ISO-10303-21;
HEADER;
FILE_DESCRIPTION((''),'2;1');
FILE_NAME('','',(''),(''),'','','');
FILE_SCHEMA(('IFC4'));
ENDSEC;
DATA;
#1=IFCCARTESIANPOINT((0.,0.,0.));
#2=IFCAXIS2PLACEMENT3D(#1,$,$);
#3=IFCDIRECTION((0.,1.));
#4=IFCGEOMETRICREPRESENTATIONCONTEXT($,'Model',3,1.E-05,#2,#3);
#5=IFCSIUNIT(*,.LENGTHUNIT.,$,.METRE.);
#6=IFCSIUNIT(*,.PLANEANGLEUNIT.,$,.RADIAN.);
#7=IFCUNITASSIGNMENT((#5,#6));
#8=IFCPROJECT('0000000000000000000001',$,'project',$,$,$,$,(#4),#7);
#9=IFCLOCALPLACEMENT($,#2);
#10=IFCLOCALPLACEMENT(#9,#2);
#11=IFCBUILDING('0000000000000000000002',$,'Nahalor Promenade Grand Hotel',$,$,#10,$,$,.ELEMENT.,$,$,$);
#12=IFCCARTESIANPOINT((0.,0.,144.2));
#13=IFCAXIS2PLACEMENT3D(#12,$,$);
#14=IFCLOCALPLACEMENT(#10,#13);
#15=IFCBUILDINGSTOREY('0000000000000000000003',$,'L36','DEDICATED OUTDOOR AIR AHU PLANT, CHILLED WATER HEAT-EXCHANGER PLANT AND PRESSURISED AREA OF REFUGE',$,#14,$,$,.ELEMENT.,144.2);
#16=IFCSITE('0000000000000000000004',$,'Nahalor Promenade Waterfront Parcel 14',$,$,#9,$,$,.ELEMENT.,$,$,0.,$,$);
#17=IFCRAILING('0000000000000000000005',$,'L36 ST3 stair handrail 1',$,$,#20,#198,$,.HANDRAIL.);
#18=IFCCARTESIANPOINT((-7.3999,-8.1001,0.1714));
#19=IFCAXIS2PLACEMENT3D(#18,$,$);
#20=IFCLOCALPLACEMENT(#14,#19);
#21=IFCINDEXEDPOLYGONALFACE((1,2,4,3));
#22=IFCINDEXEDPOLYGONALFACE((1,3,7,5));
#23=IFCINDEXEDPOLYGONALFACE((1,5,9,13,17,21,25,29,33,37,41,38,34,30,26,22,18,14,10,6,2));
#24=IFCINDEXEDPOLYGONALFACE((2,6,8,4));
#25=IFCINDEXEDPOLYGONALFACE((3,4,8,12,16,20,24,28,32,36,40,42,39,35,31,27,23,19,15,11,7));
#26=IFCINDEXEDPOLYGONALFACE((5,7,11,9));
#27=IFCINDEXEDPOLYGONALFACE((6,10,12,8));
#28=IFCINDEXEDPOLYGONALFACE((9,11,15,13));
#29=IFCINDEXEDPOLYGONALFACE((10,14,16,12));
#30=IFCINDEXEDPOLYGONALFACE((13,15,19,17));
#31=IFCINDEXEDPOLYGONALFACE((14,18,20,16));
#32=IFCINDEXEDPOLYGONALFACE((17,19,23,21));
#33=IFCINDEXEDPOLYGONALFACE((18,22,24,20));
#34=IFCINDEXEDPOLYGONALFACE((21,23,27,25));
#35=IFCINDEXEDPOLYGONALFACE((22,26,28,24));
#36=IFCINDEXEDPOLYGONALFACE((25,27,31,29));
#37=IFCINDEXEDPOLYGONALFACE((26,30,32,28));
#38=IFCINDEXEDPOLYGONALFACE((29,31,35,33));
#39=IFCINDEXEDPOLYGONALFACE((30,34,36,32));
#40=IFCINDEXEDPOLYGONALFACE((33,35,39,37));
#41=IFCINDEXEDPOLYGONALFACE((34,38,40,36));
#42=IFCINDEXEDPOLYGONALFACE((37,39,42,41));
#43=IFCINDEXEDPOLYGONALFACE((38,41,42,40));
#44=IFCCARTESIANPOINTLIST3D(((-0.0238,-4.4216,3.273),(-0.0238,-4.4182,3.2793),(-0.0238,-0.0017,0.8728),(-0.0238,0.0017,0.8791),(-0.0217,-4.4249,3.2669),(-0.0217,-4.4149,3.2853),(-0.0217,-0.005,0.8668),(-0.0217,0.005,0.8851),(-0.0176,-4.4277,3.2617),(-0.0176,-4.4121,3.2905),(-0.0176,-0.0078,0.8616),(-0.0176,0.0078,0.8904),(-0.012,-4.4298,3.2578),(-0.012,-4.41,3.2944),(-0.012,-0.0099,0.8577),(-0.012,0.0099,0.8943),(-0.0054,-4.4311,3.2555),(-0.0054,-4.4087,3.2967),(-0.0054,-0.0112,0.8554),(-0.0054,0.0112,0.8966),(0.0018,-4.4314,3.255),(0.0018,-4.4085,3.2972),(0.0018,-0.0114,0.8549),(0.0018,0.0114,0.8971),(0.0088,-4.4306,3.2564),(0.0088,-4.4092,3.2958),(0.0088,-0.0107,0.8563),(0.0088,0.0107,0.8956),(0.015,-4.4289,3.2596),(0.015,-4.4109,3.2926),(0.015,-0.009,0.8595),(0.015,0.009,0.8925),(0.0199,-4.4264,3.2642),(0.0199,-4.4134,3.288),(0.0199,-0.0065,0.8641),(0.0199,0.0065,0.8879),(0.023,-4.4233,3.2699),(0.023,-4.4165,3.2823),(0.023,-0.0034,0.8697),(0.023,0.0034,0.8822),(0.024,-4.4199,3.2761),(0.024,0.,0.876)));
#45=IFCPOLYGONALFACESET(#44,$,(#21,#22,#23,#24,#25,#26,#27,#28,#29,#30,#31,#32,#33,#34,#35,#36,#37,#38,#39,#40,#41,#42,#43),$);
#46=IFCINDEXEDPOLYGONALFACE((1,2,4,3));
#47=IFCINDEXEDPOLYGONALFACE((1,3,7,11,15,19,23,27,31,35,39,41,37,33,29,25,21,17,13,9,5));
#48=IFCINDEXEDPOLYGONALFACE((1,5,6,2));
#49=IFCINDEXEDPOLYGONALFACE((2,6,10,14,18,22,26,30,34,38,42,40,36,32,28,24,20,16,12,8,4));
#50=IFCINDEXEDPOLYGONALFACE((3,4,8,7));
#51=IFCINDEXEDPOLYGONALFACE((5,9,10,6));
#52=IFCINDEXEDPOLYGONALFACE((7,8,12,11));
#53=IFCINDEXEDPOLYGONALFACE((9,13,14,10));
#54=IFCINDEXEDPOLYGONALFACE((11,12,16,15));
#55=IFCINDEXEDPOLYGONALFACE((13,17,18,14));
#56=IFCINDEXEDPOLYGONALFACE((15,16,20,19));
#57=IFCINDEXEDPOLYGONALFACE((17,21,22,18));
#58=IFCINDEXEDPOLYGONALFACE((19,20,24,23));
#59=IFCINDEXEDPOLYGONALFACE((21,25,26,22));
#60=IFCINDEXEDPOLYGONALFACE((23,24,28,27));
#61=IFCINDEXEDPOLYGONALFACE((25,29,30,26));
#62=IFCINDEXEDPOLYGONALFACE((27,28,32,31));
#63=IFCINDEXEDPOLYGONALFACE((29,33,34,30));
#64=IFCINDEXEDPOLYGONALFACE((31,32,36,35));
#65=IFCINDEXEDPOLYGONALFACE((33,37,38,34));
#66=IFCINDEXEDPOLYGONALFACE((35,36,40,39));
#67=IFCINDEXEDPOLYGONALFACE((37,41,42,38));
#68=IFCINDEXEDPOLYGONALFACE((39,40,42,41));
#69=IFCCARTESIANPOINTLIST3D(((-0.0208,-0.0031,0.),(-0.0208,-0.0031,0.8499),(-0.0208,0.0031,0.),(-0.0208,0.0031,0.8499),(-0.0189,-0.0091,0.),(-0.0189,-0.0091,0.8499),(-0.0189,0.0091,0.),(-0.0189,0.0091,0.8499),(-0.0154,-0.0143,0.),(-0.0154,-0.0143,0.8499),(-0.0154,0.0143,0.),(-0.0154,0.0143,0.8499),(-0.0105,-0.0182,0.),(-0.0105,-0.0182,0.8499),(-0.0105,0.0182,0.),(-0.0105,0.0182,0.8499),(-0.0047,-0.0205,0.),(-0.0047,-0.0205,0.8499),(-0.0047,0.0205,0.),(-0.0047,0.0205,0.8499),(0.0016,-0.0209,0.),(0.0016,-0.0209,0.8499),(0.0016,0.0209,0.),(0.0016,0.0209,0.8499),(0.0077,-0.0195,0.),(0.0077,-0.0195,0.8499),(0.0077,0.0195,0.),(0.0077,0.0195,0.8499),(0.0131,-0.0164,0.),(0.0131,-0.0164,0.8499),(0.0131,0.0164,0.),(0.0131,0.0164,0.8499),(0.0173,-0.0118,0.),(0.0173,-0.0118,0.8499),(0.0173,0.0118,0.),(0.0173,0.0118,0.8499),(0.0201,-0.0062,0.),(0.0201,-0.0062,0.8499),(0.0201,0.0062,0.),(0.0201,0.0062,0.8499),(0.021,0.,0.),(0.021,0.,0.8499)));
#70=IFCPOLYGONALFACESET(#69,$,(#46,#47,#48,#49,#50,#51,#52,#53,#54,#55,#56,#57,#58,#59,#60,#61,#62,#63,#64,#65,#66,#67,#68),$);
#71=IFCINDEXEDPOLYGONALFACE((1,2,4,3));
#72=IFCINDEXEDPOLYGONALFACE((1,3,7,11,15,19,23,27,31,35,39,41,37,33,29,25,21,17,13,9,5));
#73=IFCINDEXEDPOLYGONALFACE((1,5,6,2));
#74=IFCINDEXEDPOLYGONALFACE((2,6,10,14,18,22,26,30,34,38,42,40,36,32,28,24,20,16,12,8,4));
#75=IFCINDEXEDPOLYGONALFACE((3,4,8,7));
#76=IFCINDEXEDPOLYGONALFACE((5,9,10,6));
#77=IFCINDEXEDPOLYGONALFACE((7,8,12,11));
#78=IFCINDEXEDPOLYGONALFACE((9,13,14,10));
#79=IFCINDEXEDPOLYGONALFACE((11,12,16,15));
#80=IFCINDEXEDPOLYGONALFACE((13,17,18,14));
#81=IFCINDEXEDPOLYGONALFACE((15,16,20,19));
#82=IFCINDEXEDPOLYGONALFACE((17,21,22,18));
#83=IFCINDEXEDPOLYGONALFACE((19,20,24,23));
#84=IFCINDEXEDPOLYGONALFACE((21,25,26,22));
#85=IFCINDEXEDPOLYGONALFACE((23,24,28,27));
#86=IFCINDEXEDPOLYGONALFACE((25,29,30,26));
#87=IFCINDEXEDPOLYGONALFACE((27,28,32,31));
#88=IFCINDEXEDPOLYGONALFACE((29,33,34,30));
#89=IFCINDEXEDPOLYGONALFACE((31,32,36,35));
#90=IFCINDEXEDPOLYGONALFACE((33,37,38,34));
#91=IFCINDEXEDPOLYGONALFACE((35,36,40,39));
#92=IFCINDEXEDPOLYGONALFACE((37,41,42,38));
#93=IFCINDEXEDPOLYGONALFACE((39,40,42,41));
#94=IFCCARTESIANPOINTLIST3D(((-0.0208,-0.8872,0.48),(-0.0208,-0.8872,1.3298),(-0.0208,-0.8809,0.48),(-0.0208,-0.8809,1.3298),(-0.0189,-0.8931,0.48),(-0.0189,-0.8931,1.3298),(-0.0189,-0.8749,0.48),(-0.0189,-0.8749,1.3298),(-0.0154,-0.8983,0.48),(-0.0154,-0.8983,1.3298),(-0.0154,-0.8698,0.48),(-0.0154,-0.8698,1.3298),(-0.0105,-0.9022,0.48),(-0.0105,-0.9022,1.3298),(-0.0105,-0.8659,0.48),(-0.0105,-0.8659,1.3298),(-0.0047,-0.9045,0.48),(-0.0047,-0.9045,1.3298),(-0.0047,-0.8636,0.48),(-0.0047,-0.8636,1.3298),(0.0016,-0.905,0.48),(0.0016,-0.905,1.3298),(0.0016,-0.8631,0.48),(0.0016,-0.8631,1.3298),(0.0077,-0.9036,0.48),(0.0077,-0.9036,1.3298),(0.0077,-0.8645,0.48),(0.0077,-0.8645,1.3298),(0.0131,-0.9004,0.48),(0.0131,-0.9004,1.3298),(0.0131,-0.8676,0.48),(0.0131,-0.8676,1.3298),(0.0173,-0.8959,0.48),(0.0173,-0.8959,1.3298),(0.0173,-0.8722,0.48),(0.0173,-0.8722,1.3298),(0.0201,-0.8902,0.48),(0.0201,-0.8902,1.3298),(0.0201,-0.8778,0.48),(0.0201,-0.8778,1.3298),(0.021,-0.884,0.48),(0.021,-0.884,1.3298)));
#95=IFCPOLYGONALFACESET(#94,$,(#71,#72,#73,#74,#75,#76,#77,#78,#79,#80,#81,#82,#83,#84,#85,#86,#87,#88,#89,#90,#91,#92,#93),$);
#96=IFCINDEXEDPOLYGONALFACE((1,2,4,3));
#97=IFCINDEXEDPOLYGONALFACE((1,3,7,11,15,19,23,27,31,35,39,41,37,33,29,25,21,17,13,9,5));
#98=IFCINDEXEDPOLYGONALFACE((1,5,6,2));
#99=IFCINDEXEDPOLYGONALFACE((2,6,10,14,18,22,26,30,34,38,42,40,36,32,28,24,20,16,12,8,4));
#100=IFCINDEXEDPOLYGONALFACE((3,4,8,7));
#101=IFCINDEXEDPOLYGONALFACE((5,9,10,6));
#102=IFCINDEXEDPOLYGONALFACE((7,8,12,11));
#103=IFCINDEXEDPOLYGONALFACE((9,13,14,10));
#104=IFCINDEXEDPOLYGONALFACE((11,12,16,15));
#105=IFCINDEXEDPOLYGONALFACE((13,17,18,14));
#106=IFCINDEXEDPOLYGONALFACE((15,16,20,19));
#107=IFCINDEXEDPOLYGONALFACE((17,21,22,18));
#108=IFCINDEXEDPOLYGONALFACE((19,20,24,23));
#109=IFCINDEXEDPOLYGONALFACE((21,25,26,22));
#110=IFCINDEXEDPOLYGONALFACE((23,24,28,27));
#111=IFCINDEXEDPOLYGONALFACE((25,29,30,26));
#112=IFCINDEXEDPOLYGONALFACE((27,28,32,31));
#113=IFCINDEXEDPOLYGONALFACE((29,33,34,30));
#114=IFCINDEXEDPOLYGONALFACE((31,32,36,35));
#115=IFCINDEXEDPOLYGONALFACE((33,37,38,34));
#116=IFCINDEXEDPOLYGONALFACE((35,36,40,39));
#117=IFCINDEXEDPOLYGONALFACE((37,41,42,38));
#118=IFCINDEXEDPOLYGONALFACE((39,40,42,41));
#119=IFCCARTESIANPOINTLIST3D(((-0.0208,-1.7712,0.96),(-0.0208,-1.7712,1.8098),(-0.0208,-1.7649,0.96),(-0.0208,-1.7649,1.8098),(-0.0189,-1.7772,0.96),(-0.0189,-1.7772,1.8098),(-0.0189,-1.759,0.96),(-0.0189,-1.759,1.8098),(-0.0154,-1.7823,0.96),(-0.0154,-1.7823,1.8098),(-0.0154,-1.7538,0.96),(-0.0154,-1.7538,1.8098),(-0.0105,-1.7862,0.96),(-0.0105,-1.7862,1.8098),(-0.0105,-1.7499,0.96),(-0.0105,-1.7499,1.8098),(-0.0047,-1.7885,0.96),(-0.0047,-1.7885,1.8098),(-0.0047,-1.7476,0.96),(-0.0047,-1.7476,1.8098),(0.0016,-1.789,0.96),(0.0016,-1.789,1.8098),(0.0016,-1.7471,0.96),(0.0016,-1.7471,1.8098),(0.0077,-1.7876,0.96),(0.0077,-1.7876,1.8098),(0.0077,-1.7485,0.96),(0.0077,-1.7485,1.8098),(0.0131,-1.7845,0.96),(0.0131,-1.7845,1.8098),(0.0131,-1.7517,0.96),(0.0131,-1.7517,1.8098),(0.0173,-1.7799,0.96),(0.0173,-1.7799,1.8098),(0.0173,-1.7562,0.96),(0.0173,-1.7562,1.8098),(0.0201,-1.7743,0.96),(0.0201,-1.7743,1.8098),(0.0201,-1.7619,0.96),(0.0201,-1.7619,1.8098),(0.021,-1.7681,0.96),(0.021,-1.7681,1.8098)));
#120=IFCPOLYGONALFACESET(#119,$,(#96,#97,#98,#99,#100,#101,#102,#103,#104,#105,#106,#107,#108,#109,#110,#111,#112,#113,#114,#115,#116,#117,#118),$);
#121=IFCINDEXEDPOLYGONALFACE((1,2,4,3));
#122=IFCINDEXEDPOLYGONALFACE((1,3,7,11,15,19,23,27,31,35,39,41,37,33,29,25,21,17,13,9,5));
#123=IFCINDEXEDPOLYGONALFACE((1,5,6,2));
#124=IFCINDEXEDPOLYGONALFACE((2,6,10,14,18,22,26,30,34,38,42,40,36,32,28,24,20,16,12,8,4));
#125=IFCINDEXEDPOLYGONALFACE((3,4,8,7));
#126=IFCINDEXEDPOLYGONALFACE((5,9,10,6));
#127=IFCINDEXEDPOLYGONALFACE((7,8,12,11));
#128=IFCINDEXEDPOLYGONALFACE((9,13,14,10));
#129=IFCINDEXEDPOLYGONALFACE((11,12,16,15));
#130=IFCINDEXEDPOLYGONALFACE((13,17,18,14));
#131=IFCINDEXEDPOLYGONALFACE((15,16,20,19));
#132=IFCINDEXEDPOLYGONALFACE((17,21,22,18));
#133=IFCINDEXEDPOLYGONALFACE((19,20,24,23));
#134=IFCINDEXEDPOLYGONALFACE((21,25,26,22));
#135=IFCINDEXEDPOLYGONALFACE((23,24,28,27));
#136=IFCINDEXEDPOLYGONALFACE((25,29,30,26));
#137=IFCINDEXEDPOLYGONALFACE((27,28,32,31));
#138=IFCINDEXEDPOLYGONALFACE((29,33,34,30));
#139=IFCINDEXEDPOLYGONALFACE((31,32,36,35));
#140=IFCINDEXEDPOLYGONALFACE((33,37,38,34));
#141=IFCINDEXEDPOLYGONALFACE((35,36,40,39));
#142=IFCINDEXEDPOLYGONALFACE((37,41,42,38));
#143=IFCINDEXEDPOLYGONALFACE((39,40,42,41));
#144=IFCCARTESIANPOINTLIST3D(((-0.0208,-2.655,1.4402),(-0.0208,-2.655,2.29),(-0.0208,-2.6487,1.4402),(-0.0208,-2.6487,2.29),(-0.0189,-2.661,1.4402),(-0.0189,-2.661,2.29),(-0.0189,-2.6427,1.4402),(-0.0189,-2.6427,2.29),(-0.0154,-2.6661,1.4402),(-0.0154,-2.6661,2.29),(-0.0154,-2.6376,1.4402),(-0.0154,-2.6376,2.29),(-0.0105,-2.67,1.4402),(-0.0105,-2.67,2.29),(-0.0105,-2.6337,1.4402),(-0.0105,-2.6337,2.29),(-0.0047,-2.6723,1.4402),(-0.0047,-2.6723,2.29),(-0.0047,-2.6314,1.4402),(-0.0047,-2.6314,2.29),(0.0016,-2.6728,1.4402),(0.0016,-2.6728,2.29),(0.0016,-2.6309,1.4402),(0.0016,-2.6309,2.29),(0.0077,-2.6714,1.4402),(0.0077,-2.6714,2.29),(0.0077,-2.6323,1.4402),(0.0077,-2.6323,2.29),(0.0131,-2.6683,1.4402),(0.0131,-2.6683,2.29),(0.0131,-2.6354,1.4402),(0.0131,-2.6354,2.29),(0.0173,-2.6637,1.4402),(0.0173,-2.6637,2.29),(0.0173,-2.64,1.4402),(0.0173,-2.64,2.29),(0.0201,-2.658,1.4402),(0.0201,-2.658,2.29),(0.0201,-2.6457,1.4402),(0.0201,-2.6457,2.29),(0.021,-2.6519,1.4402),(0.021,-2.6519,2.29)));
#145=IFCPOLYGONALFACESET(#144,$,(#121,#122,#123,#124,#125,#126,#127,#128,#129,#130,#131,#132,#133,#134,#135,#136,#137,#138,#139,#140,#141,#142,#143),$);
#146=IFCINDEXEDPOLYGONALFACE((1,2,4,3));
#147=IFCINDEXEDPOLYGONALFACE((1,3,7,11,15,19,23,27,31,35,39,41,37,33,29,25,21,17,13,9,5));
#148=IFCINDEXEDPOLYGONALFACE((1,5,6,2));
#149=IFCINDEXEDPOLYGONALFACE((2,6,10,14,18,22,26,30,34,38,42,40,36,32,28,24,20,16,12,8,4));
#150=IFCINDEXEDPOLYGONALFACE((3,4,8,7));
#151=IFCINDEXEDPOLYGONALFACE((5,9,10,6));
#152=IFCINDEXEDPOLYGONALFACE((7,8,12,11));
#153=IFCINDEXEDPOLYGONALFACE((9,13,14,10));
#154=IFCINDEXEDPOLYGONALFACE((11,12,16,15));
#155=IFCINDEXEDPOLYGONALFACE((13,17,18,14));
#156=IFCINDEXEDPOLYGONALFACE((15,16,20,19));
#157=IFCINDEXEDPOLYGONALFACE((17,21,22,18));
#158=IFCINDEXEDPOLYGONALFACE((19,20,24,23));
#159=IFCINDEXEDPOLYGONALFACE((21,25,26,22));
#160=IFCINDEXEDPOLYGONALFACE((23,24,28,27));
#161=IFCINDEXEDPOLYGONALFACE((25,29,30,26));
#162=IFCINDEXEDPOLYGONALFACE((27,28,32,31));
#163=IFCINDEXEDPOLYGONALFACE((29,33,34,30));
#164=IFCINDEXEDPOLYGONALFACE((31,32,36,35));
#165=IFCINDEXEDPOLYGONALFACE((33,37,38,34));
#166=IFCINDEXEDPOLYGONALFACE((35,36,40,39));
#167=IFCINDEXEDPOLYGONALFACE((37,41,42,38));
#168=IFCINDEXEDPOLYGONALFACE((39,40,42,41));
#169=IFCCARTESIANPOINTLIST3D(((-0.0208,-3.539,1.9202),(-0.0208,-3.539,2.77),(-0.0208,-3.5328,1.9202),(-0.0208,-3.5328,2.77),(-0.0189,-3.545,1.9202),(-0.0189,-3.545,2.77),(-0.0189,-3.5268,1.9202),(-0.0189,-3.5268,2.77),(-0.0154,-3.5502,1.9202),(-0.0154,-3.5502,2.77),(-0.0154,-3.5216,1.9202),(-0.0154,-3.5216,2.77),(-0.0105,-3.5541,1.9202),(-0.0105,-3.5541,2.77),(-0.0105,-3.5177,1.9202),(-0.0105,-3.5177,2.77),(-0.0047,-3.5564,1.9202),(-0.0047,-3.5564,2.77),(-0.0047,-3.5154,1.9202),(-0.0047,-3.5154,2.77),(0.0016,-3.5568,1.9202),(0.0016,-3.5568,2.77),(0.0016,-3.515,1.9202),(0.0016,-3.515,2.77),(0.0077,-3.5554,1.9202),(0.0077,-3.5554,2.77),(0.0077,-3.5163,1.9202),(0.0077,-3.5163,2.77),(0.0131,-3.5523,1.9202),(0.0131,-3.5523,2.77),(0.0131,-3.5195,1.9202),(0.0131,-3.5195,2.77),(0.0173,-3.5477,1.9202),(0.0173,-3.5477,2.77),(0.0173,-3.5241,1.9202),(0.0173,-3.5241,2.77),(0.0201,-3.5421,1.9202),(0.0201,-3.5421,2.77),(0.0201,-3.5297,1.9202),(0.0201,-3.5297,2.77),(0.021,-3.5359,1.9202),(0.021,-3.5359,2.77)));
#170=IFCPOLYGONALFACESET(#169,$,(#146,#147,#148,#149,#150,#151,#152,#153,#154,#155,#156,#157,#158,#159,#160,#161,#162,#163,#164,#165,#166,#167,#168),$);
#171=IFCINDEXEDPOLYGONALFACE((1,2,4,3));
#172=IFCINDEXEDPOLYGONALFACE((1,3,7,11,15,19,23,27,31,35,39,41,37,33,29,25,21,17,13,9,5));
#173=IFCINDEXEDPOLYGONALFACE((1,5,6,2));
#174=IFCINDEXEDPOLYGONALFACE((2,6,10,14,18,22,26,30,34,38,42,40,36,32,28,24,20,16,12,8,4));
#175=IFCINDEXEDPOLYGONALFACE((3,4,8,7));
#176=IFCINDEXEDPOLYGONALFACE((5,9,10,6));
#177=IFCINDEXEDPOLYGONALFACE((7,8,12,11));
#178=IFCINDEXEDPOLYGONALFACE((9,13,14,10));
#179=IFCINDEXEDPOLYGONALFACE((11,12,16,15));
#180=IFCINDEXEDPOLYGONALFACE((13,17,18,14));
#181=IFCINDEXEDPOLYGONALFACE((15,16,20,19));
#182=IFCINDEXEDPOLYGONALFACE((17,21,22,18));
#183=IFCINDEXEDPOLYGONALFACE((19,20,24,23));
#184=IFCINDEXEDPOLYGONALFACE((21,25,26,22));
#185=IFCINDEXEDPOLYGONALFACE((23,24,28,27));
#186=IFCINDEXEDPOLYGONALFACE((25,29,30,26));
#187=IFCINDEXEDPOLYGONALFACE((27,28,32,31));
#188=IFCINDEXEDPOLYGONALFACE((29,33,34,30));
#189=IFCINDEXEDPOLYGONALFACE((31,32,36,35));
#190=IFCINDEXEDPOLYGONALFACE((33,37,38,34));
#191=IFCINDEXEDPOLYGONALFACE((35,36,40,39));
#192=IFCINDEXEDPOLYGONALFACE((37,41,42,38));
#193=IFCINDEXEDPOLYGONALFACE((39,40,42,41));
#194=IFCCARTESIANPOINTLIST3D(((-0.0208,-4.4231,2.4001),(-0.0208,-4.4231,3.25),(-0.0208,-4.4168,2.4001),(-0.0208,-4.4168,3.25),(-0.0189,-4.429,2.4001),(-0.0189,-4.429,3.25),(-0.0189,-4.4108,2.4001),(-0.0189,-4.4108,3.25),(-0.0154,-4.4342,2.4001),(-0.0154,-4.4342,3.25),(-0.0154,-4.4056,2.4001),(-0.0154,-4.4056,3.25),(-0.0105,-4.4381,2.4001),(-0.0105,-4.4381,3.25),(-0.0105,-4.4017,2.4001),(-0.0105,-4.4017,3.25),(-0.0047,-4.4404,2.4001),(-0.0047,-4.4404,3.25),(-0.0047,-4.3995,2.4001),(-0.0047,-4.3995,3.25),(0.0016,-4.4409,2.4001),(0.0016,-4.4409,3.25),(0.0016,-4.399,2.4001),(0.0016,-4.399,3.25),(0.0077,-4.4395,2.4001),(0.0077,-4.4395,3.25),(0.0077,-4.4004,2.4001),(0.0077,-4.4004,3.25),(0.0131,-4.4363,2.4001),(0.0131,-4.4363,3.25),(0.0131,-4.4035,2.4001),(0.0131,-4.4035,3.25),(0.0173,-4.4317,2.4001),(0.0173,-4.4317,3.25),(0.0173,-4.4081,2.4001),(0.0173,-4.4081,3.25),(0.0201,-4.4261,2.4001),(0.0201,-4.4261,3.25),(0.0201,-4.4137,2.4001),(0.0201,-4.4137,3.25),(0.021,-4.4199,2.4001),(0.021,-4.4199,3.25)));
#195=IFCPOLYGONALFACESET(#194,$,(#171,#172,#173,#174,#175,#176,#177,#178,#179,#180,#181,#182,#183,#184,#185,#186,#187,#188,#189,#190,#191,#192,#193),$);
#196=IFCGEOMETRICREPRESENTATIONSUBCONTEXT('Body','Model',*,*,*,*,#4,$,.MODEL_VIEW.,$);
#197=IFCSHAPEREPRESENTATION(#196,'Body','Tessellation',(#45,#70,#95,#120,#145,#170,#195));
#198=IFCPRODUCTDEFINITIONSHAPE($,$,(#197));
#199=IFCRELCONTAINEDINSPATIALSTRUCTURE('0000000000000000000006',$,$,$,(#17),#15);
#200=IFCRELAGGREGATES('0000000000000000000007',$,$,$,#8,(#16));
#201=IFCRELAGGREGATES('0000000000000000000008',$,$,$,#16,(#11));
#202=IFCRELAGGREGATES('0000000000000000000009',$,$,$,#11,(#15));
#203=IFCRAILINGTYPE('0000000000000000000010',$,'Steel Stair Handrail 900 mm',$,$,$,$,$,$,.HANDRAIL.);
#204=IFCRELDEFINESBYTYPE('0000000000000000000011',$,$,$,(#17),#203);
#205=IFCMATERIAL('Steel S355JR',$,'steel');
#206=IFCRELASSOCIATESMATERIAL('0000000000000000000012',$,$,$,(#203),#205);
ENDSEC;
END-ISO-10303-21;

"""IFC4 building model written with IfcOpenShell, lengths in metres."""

from ifc_helpers import new_model, si_unit, direction, frame, origin, origin_2d, place, context, subcontext, project, spatial, circle, extrude, material, type_object, element, save


model = new_model("IFC4")

# Units and contexts
model_context = context("Model", 3, precision=1e-05, world=origin(), true_north=direction((0.0, 1.0)))
body_context = subcontext(model_context, "Body", "Model", "MODEL_VIEW")
ifc_project = project(units=[si_unit("LENGTHUNIT", "METRE"), si_unit("PLANEANGLEUNIT", "RADIAN")], contexts=[model_context])

# Site, building, storey
site_placement = place(None, origin())
site = spatial("IfcSite", under=ifc_project, at=site_placement, Name="Nahalor Promenade Waterfront Parcel 14", CompositionType="ELEMENT", RefElevation=0.0)
building_placement = place(site_placement, origin())
building = spatial("IfcBuilding", under=site, at=building_placement, Name="Nahalor Promenade Grand Hotel", CompositionType="ELEMENT")
storey_placement = place(building_placement, frame((0.0, 0.0, 144.2)))
storey = spatial("IfcBuildingStorey", under=building, at=storey_placement, Name="L36", Description="DEDICATED OUTDOOR AIR AHU PLANT, CHILLED WATER HEAT-EXCHANGER PLANT AND PRESSURISED AREA OF REFUGE", CompositionType="ELEMENT", Elevation=144.2)

# Shared definitions
ifc_material_1 = material(Name="Steel S355JR", Category="steel")

# Railing
railing_type_1 = type_object("IfcRailingType", Name="Steel Stair Handrail 900 mm", PredefinedType="HANDRAIL", material=ifc_material_1)
railing_1_placement = place(storey_placement, frame((-7.3999, -8.1001, 0.1714)))
element("IfcRailing", 1, at=railing_1_placement, inside=storey, type_object=railing_type_1, Name="L36 ST3 stair handrail 1", PredefinedType="HANDRAIL", context=body_context, shape_type="SweptSolid", body=[
    extrude(circle(Radius=0.024, at=origin_2d()), frame((0.0, 0.0, 0.876), z_axis=(0.0, -0.87879, 0.477209), x_axis=(1.0, 0.0, 0.0)), (0.0, 0.0, 1.0), 5.0295),
    extrude(circle(Radius=0.021, at=origin_2d()), origin(), (0.0, 0.0, 1.0), 0.8499),
    extrude(circle(Radius=0.021, at=origin_2d()), frame((0.0, -0.884, 0.48)), (0.0, 0.0, 1.0), 0.8499),
    extrude(circle(Radius=0.021, at=origin_2d()), frame((0.0, -1.7681, 0.96)), (0.0, 0.0, 1.0), 0.8499),
    extrude(circle(Radius=0.021, at=origin_2d()), frame((0.0, -2.6519, 1.4402)), (0.0, 0.0, 1.0), 0.8499),
    extrude(circle(Radius=0.021, at=origin_2d()), frame((0.0, -3.5359, 1.9202)), (0.0, 0.0, 1.0), 0.8499),
    extrude(circle(Radius=0.021, at=origin_2d()), frame((0.0, -4.4199, 2.4001)), (0.0, 0.0, 1.0), 0.8499),
])

save(model, "model.ifc")
